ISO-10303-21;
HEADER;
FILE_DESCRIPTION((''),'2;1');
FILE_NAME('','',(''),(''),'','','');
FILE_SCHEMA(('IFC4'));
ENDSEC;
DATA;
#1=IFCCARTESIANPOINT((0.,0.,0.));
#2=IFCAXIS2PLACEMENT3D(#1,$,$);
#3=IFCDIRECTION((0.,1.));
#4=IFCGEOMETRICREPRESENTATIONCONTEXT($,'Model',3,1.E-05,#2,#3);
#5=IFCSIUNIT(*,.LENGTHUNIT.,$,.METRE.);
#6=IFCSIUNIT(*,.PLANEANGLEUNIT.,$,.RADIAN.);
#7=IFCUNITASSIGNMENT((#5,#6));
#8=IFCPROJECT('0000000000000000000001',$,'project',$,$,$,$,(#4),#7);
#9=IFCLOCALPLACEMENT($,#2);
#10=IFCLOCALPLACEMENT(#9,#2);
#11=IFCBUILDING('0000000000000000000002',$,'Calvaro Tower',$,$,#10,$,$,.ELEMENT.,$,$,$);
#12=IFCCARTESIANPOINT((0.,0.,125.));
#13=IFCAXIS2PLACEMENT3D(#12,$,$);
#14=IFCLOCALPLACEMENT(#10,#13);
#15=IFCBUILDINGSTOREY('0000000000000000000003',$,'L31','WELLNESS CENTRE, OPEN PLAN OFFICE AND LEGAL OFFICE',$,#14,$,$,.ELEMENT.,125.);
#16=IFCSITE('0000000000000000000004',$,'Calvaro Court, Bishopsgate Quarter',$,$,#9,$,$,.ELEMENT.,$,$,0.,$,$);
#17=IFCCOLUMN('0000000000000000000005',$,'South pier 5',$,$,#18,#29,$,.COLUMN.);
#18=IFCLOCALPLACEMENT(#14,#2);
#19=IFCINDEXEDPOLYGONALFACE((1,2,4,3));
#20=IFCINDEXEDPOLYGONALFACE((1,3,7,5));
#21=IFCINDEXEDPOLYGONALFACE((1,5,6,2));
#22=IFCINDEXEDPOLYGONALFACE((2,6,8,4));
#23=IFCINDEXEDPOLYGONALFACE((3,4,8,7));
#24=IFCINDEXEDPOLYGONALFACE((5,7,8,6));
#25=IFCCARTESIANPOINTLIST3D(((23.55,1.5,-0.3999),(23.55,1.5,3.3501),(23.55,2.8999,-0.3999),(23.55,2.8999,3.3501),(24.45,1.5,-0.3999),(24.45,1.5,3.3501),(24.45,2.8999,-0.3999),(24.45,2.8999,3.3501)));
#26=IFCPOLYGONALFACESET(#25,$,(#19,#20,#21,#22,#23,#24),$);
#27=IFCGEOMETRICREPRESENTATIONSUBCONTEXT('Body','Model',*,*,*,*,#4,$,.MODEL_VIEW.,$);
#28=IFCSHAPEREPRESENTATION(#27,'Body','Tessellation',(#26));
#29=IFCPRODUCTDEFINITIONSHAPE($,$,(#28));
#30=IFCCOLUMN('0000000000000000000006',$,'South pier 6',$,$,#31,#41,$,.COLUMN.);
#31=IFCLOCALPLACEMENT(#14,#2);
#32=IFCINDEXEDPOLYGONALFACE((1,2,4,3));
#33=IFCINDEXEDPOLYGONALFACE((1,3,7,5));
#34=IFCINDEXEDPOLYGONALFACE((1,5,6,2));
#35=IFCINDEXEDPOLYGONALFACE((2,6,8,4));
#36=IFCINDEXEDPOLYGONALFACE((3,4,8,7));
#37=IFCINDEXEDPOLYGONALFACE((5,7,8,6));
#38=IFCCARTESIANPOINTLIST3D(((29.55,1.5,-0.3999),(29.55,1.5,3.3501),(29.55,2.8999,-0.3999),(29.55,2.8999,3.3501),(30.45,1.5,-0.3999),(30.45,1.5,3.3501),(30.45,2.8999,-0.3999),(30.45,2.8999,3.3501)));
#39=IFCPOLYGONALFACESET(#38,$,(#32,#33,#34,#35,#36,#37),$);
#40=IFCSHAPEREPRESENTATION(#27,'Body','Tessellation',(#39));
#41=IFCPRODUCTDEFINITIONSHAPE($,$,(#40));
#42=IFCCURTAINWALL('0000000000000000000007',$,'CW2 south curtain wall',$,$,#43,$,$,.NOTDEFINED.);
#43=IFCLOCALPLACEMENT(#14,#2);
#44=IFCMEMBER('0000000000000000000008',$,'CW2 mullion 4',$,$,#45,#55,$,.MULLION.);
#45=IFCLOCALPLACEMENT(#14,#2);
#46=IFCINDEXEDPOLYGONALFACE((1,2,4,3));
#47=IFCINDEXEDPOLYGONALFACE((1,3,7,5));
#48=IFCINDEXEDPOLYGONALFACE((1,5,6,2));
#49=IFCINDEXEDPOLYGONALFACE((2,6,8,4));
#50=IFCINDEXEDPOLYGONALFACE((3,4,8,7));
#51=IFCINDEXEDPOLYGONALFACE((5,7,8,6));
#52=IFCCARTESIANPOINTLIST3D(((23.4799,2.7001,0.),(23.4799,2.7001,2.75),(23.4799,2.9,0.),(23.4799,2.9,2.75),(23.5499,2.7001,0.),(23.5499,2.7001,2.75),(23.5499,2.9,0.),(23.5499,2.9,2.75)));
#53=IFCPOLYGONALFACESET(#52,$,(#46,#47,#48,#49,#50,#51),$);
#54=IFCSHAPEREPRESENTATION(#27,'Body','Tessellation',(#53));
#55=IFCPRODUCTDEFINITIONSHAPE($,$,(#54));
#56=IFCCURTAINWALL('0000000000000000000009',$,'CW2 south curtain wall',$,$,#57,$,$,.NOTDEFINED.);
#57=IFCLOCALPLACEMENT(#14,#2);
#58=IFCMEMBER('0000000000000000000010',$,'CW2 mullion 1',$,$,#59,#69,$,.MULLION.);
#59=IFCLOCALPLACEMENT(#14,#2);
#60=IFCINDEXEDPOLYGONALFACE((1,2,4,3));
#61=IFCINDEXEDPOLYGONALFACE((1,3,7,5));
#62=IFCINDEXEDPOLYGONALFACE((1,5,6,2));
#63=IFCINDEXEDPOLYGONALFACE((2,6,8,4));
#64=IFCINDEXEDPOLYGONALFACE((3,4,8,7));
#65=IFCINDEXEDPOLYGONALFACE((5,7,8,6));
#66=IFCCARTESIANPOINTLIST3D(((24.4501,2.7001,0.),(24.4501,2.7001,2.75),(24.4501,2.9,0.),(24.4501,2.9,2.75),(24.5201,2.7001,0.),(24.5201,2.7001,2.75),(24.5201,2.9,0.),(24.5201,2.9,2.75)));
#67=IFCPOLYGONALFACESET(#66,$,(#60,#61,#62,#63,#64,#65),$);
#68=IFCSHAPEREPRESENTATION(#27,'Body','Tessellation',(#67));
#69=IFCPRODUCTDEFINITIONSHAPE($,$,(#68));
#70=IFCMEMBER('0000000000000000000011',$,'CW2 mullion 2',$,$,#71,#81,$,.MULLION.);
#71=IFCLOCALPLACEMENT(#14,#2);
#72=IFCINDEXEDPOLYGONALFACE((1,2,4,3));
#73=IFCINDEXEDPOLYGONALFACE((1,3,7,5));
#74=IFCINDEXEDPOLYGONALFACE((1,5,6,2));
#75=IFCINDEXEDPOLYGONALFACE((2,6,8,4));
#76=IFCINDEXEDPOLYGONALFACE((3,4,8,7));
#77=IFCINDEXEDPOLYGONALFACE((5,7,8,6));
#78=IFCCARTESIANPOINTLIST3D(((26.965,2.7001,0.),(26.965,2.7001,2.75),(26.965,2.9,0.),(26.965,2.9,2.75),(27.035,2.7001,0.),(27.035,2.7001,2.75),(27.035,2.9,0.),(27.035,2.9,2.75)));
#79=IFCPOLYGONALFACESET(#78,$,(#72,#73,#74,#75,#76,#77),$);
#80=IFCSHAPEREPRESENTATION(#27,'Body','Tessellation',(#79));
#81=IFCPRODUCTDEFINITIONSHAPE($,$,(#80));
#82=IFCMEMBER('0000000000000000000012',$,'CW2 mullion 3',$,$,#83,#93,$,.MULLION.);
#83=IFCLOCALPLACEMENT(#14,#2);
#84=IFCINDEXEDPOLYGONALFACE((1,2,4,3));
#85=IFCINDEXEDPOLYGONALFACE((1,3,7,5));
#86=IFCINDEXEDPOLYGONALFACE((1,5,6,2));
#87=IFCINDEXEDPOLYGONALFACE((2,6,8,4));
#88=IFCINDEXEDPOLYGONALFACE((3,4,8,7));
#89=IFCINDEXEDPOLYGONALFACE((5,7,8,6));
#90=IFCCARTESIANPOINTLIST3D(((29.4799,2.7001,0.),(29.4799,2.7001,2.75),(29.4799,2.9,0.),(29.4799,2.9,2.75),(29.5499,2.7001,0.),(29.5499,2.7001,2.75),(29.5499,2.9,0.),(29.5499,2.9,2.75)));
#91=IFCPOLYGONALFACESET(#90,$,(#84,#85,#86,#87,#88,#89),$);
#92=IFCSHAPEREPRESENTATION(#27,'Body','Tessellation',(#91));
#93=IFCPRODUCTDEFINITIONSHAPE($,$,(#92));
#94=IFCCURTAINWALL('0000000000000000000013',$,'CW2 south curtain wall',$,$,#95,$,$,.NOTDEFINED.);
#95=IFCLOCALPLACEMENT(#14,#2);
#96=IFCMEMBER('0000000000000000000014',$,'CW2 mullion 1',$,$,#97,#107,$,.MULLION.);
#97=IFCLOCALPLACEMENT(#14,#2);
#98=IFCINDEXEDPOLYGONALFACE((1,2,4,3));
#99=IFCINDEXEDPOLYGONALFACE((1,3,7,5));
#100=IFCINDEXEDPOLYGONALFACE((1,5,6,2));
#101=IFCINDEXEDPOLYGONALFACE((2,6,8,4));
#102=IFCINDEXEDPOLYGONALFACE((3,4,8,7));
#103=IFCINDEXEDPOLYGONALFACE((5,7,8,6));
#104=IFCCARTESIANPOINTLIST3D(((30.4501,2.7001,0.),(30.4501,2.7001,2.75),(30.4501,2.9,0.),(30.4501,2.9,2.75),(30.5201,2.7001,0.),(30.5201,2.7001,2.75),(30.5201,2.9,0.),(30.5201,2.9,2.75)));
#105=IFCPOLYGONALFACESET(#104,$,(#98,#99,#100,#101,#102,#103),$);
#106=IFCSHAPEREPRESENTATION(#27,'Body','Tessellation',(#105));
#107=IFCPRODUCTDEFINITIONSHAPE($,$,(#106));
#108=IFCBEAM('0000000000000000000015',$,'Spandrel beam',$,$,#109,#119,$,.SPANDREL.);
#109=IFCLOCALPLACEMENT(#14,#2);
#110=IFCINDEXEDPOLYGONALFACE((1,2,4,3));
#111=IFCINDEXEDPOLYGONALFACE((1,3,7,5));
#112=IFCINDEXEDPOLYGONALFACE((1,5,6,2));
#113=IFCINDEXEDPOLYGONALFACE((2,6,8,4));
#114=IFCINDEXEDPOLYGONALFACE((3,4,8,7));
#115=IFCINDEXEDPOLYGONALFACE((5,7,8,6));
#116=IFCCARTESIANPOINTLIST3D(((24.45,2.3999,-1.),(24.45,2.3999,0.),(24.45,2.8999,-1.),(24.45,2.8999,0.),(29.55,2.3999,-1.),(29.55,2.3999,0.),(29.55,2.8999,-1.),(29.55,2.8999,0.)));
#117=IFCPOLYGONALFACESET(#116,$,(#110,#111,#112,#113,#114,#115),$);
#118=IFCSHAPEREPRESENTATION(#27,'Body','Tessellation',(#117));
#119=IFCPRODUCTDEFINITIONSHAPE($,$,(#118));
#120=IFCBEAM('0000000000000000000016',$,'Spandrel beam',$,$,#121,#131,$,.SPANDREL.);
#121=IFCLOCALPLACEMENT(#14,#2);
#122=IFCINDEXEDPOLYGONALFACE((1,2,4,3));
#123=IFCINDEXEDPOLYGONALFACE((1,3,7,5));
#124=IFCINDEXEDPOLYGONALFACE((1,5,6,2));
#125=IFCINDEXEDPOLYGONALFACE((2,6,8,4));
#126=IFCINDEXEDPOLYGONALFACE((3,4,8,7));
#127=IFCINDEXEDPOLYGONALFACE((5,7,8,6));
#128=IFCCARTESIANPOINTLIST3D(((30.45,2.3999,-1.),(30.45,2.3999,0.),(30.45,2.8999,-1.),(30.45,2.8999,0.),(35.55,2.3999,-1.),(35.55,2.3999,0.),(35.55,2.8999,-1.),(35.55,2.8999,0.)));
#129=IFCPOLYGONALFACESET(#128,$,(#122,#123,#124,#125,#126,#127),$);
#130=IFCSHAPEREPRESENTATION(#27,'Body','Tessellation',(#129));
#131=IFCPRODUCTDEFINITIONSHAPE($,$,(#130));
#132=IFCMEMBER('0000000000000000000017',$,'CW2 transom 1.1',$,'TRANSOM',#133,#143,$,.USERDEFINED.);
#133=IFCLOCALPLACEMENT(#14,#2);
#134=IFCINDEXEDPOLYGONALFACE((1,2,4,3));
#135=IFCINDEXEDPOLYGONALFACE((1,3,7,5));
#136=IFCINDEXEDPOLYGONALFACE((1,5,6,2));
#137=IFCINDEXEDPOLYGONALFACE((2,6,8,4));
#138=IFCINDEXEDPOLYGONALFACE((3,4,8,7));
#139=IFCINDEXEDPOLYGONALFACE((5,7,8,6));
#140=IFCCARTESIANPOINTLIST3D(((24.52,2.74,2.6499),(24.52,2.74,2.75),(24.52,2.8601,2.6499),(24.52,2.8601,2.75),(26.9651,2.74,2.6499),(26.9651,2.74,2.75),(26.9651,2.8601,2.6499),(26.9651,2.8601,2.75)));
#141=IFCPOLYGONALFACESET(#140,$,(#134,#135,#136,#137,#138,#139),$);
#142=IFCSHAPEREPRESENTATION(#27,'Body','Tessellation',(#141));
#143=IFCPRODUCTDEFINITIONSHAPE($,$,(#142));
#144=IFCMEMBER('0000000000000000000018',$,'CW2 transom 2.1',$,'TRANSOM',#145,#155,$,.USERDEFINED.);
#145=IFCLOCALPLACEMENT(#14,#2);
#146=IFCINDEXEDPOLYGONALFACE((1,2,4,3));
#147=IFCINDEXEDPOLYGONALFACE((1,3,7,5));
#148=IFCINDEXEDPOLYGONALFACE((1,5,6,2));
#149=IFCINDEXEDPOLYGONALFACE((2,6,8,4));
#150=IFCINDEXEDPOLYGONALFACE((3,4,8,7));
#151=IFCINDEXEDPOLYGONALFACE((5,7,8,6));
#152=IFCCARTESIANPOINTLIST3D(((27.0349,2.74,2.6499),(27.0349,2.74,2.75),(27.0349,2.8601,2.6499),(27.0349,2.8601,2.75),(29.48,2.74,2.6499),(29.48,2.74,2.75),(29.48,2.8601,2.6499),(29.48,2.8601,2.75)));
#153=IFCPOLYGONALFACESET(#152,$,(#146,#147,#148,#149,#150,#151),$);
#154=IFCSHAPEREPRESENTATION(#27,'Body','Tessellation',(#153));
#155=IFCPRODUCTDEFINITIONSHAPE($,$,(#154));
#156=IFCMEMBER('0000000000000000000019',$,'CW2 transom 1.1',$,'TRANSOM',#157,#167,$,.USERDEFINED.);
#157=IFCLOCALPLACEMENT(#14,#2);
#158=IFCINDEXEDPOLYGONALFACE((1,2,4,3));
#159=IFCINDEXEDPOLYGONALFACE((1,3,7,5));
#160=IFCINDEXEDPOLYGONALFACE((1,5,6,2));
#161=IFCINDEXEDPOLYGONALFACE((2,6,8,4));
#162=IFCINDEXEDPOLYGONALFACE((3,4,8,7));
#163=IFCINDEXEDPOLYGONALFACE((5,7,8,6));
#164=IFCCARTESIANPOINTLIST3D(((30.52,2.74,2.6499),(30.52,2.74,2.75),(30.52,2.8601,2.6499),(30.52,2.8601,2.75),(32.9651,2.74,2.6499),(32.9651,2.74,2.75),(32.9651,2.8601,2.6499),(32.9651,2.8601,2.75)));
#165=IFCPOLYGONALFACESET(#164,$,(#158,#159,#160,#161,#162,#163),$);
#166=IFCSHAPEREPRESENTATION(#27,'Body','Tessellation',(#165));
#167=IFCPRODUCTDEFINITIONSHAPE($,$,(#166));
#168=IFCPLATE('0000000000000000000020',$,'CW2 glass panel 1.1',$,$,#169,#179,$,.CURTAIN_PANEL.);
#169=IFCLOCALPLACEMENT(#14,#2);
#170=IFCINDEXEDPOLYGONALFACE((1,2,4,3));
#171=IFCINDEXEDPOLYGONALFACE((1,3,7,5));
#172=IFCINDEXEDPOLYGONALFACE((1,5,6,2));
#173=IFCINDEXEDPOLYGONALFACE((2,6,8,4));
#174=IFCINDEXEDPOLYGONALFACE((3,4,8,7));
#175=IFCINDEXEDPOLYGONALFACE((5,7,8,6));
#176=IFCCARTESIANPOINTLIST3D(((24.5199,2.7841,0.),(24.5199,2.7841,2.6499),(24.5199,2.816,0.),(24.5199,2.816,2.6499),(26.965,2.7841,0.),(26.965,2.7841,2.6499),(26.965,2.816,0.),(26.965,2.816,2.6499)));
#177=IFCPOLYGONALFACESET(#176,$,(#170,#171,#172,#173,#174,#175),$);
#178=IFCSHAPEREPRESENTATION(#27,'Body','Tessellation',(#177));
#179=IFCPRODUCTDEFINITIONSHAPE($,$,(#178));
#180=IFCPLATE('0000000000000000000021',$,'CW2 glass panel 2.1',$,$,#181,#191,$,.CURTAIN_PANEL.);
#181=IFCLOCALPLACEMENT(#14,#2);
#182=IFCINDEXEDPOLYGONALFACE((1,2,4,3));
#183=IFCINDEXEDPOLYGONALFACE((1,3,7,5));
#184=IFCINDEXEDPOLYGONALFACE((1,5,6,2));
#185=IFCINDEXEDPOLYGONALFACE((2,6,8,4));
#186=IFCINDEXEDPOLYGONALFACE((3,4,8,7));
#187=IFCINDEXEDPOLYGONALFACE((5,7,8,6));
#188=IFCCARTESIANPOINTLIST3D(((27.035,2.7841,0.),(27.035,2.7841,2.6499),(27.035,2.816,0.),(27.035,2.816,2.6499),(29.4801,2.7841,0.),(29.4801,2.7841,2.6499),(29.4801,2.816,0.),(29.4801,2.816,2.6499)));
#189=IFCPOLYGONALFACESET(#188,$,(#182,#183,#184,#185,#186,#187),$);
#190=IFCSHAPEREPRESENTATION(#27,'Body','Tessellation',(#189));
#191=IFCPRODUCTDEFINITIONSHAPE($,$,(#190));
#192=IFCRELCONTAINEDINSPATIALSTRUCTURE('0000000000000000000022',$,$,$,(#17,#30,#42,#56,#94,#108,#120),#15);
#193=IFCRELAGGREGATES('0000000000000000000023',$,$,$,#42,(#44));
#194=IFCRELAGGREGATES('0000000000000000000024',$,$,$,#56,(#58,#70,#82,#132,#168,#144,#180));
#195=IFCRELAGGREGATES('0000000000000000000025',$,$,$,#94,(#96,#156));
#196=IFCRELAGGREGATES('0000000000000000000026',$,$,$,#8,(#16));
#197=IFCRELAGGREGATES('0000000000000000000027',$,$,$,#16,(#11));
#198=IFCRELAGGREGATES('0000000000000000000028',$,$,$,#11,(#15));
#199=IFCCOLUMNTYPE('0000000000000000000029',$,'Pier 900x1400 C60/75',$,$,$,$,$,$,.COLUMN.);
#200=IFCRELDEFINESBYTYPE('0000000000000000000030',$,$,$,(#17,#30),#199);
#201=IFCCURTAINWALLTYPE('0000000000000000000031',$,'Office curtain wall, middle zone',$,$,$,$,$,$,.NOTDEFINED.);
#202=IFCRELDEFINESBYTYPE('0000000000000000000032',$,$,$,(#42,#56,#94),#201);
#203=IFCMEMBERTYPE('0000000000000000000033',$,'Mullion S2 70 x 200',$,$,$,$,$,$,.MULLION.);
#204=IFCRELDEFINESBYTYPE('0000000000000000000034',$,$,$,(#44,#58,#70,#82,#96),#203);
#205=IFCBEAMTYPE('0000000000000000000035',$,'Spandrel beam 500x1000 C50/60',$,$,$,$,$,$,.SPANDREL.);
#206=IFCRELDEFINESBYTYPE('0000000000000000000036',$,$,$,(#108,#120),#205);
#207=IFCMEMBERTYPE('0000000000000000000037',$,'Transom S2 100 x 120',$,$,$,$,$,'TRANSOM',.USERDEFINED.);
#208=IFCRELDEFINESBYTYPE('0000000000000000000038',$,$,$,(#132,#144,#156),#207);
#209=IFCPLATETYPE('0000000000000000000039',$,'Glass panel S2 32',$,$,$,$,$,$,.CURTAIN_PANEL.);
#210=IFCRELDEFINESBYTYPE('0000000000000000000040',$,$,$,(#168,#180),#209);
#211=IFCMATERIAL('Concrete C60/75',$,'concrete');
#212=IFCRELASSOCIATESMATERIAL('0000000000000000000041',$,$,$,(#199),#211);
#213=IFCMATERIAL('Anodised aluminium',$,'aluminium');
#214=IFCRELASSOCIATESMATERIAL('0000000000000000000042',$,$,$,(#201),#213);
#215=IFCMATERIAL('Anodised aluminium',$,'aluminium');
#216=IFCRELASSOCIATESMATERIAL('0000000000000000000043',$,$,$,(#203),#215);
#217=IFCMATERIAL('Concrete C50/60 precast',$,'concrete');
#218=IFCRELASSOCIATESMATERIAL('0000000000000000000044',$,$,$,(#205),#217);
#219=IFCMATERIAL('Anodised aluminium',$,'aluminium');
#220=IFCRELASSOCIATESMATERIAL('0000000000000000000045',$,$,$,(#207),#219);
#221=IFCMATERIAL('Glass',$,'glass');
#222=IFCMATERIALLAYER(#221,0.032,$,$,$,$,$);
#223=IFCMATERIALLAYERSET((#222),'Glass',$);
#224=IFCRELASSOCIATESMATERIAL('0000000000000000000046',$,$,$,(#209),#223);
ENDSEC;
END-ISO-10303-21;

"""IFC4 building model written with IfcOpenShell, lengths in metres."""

from ifc_helpers import new_model, si_unit, direction, frame, origin, origin_2d, place, context, subcontext, project, spatial, rectangle, extrude, material, layer, layer_set, material_profile, profile_set, type_object, element, aggregate, save


model = new_model("IFC4")

# Units and contexts
model_context = context("Model", 3, precision=1e-05, world=origin(), true_north=direction((0.0, 1.0)))
body_context = subcontext(model_context, "Body", "Model", "MODEL_VIEW")
ifc_project = project(units=[si_unit("LENGTHUNIT", "METRE"), si_unit("PLANEANGLEUNIT", "RADIAN")], contexts=[model_context])

# Site, building, storey
site_placement = place(None, origin())
site = spatial("IfcSite", under=ifc_project, at=site_placement, Name="Calvaro Court, Bishopsgate Quarter", CompositionType="ELEMENT", RefElevation=0.0)
building_placement = place(site_placement, origin())
building = spatial("IfcBuilding", under=site, at=building_placement, Name="Calvaro Tower", CompositionType="ELEMENT")
storey_placement = place(building_placement, frame((0.0, 0.0, 125.0)))
storey = spatial("IfcBuildingStorey", under=building, at=storey_placement, Name="L31", Description="WELLNESS CENTRE, OPEN PLAN OFFICE AND LEGAL OFFICE", CompositionType="ELEMENT", Elevation=125.0)

# Columns
ifc_material_1 = material(Name="Concrete C60/75", Category="concrete")
ifc_material_profile_1 = material_profile(ifc_material_1, rectangle(XDim=0.8999, YDim=1.3999, at=origin_2d()), Name="RC 900x1400")
ifc_profile_set_1 = profile_set([ifc_material_profile_1], Name="Concrete C60/75")
column_type = type_object("IfcColumnType", Name="Pier 900x1400 C60/75", PredefinedType="COLUMN", material=ifc_profile_set_1)
for number, where, z_axis, x_axis, name in (
    (1, (24.0, 2.2, -0.3999), (0.0, 0.0, 1.0), (1.0, 0.0, 0.0), "South pier 5"),
    (2, (30.0, 2.2, -0.3999), (0.0, 0.0, 1.0), (1.0, 0.0, 0.0), "South pier 6"),
):
    element("IfcColumn", number, at=place(storey_placement, frame(where, z_axis=z_axis, x_axis=x_axis)), inside=storey, type_object=column_type, Name=name, PredefinedType="COLUMN", context=body_context, shape_type="SweptSolid", body=[
        extrude(rectangle(XDim=0.8999, YDim=1.3999, at=origin_2d()), origin(), (0.0, 0.0, 1.0), 3.75),
    ])

# Curtain wall, member
ifc_material_2 = material(Name="Anodised aluminium", Category="aluminium")
curtain_wall_type = type_object("IfcCurtainWallType", Name="Office curtain wall, middle zone", PredefinedType="NOTDEFINED", material=ifc_material_2)
curtain_wall_1_placement = place(storey_placement, origin())
curtain_wall_1 = element("IfcCurtainWall", 3, at=curtain_wall_1_placement, inside=storey, type_object=curtain_wall_type, Name="CW2 south curtain wall", PredefinedType="NOTDEFINED")
ifc_material_3 = material(Name="Anodised aluminium", Category="aluminium")
ifc_material_profile_2 = material_profile(ifc_material_3, rectangle(XDim=0.2, YDim=0.0701, at=origin_2d()), Name="Mullion S2 70 x 200")
ifc_profile_set_2 = profile_set([ifc_material_profile_2], Name="Anodised aluminium")
member_type_1 = type_object("IfcMemberType", Name="Mullion S2 70 x 200", PredefinedType="MULLION", material=ifc_profile_set_2)
member_1_placement = place(storey_placement, frame((23.5149, 2.8, 0.0), z_axis=(0.0, 0.0, 1.0), x_axis=(0.0, 1.0, 0.0)))
member_1 = element("IfcMember", 4, at=member_1_placement, type_object=member_type_1, Name="CW2 mullion 4", PredefinedType="MULLION", context=body_context, shape_type="SweptSolid", body=[
    extrude(rectangle(XDim=0.2, YDim=0.0701, at=origin_2d()), origin(), (0.0, 0.0, 1.0), 2.75),
])
aggregate(curtain_wall_1, [member_1])

# Curtain wall, members
curtain_wall_2_placement = place(storey_placement, origin())
curtain_wall_2 = element("IfcCurtainWall", 5, at=curtain_wall_2_placement, inside=storey, type_object=curtain_wall_type, Name="CW2 south curtain wall", PredefinedType="NOTDEFINED")
member_2_placement = place(storey_placement, frame((24.4851, 2.8, 0.0), z_axis=(0.0, 0.0, 1.0), x_axis=(0.0, 1.0, 0.0)))
member_2 = element("IfcMember", 6, at=member_2_placement, type_object=member_type_1, Name="CW2 mullion 1", PredefinedType="MULLION", context=body_context, shape_type="SweptSolid", body=[
    extrude(rectangle(XDim=0.2, YDim=0.0701, at=origin_2d()), origin(), (0.0, 0.0, 1.0), 2.75),
])
member_3_placement = place(storey_placement, frame((27.0, 2.8, 0.0), z_axis=(0.0, 0.0, 1.0), x_axis=(0.0, 1.0, 0.0)))
member_3 = element("IfcMember", 7, at=member_3_placement, type_object=member_type_1, Name="CW2 mullion 2", PredefinedType="MULLION", context=body_context, shape_type="SweptSolid", body=[
    extrude(rectangle(XDim=0.2, YDim=0.0701, at=origin_2d()), origin(), (0.0, 0.0, 1.0), 2.75),
])
member_4_placement = place(storey_placement, frame((29.5149, 2.8, 0.0), z_axis=(0.0, 0.0, 1.0), x_axis=(0.0, 1.0, 0.0)))
member_4 = element("IfcMember", 8, at=member_4_placement, type_object=member_type_1, Name="CW2 mullion 3", PredefinedType="MULLION", context=body_context, shape_type="SweptSolid", body=[
    extrude(rectangle(XDim=0.2, YDim=0.0701, at=origin_2d()), origin(), (0.0, 0.0, 1.0), 2.75),
])

# Curtain wall, member
curtain_wall_3_placement = place(storey_placement, origin())
curtain_wall_3 = element("IfcCurtainWall", 9, at=curtain_wall_3_placement, inside=storey, type_object=curtain_wall_type, Name="CW2 south curtain wall", PredefinedType="NOTDEFINED")
member_5_placement = place(storey_placement, frame((30.4851, 2.8, 0.0), z_axis=(0.0, 0.0, 1.0), x_axis=(0.0, 1.0, 0.0)))
member_5 = element("IfcMember", 10, at=member_5_placement, type_object=member_type_1, Name="CW2 mullion 1", PredefinedType="MULLION", context=body_context, shape_type="SweptSolid", body=[
    extrude(rectangle(XDim=0.2, YDim=0.0701, at=origin_2d()), origin(), (0.0, 0.0, 1.0), 2.75),
])

# Beams
ifc_material_4 = material(Name="Concrete C50/60 precast", Category="concrete")
ifc_material_profile_3 = material_profile(ifc_material_4, rectangle(XDim=0.5, YDim=1.0, at=origin_2d()), Name="RC 500x1000")
ifc_profile_set_3 = profile_set([ifc_material_profile_3], Name="Concrete C50/60 precast")
beam_type = type_object("IfcBeamType", Name="Spandrel beam 500x1000 C50/60", PredefinedType="SPANDREL", material=ifc_profile_set_3)
for number, where, z_axis, x_axis, name in (
    (11, (24.45, 2.6499, -0.5), (1.0, 0.0, 0.0), (0.0, 1.0, 0.0), "Spandrel beam"),
    (12, (30.45, 2.6499, -0.5), (1.0, 0.0, 0.0), (0.0, 1.0, 0.0), "Spandrel beam"),
):
    element("IfcBeam", number, at=place(storey_placement, frame(where, z_axis=z_axis, x_axis=x_axis)), inside=storey, type_object=beam_type, Name=name, PredefinedType="SPANDREL", context=body_context, shape_type="SweptSolid", body=[
        extrude(rectangle(XDim=0.5, YDim=1.0, at=origin_2d()), origin(), (0.0, 0.0, 1.0), 5.1001),
    ])

# Members
ifc_material_5 = material(Name="Anodised aluminium", Category="aluminium")
ifc_material_profile_4 = material_profile(ifc_material_5, rectangle(XDim=0.1201, YDim=0.1001, at=origin_2d()), Name="Transom S2 100 x 120")
ifc_profile_set_4 = profile_set([ifc_material_profile_4], Name="Anodised aluminium")
member_type_2 = type_object("IfcMemberType", Name="Transom S2 100 x 120", ElementType="TRANSOM", PredefinedType="USERDEFINED", material=ifc_profile_set_4)
member_6_placement = place(storey_placement, frame((24.52, 2.8, 2.7), z_axis=(1.0, 0.0, 0.0), x_axis=(0.0, 1.0, 0.0)))
member_6 = element("IfcMember", 13, at=member_6_placement, type_object=member_type_2, Name="CW2 transom 1.1", ObjectType="TRANSOM", PredefinedType="USERDEFINED", context=body_context, shape_type="SweptSolid", body=[
    extrude(rectangle(XDim=0.1201, YDim=0.1001, at=origin_2d()), origin(), (0.0, 0.0, 1.0), 2.4451),
])
member_7_placement = place(storey_placement, frame((27.0349, 2.8, 2.7), z_axis=(1.0, 0.0, 0.0), x_axis=(0.0, 1.0, 0.0)))
member_7 = element("IfcMember", 14, at=member_7_placement, type_object=member_type_2, Name="CW2 transom 2.1", ObjectType="TRANSOM", PredefinedType="USERDEFINED", context=body_context, shape_type="SweptSolid", body=[
    extrude(rectangle(XDim=0.1201, YDim=0.1001, at=origin_2d()), origin(), (0.0, 0.0, 1.0), 2.4451),
])
member_8_placement = place(storey_placement, frame((30.52, 2.8, 2.7), z_axis=(1.0, 0.0, 0.0), x_axis=(0.0, 1.0, 0.0)))
member_8 = element("IfcMember", 15, at=member_8_placement, type_object=member_type_2, Name="CW2 transom 1.1", ObjectType="TRANSOM", PredefinedType="USERDEFINED", context=body_context, shape_type="SweptSolid", body=[
    extrude(rectangle(XDim=0.1201, YDim=0.1001, at=origin_2d()), origin(), (0.0, 0.0, 1.0), 2.4451),
])

# Plates
ifc_material_6 = material(Name="Glass", Category="glass")
ifc_layer = layer(ifc_material_6, 0.032)
ifc_layer_set = layer_set([ifc_layer], Name="Glass")
plate_type = type_object("IfcPlateType", Name="Glass panel S2 32", PredefinedType="CURTAIN_PANEL", material=ifc_layer_set)
plate_1_placement = place(storey_placement, frame((25.7424, 2.8, 0.0), z_axis=(0.0, 0.0, 1.0), x_axis=(1.0, 0.0, 0.0)))
plate_1 = element("IfcPlate", 16, at=plate_1_placement, type_object=plate_type, Name="CW2 glass panel 1.1", PredefinedType="CURTAIN_PANEL", context=body_context, shape_type="SweptSolid", body=[
    extrude(rectangle(XDim=2.4451, YDim=0.032, at=origin_2d()), origin(), (0.0, 0.0, 1.0), 2.6499),
])
plate_2_placement = place(storey_placement, frame((28.2576, 2.8, 0.0), z_axis=(0.0, 0.0, 1.0), x_axis=(1.0, 0.0, 0.0)))
plate_2 = element("IfcPlate", 17, at=plate_2_placement, type_object=plate_type, Name="CW2 glass panel 2.1", PredefinedType="CURTAIN_PANEL", context=body_context, shape_type="SweptSolid", body=[
    extrude(rectangle(XDim=2.4451, YDim=0.032, at=origin_2d()), origin(), (0.0, 0.0, 1.0), 2.6499),
])
aggregate(curtain_wall_2, [member_2, member_3, member_4, member_6, plate_1, member_7, plate_2])
aggregate(curtain_wall_3, [member_5, member_8])

save(model, "model.ifc")
